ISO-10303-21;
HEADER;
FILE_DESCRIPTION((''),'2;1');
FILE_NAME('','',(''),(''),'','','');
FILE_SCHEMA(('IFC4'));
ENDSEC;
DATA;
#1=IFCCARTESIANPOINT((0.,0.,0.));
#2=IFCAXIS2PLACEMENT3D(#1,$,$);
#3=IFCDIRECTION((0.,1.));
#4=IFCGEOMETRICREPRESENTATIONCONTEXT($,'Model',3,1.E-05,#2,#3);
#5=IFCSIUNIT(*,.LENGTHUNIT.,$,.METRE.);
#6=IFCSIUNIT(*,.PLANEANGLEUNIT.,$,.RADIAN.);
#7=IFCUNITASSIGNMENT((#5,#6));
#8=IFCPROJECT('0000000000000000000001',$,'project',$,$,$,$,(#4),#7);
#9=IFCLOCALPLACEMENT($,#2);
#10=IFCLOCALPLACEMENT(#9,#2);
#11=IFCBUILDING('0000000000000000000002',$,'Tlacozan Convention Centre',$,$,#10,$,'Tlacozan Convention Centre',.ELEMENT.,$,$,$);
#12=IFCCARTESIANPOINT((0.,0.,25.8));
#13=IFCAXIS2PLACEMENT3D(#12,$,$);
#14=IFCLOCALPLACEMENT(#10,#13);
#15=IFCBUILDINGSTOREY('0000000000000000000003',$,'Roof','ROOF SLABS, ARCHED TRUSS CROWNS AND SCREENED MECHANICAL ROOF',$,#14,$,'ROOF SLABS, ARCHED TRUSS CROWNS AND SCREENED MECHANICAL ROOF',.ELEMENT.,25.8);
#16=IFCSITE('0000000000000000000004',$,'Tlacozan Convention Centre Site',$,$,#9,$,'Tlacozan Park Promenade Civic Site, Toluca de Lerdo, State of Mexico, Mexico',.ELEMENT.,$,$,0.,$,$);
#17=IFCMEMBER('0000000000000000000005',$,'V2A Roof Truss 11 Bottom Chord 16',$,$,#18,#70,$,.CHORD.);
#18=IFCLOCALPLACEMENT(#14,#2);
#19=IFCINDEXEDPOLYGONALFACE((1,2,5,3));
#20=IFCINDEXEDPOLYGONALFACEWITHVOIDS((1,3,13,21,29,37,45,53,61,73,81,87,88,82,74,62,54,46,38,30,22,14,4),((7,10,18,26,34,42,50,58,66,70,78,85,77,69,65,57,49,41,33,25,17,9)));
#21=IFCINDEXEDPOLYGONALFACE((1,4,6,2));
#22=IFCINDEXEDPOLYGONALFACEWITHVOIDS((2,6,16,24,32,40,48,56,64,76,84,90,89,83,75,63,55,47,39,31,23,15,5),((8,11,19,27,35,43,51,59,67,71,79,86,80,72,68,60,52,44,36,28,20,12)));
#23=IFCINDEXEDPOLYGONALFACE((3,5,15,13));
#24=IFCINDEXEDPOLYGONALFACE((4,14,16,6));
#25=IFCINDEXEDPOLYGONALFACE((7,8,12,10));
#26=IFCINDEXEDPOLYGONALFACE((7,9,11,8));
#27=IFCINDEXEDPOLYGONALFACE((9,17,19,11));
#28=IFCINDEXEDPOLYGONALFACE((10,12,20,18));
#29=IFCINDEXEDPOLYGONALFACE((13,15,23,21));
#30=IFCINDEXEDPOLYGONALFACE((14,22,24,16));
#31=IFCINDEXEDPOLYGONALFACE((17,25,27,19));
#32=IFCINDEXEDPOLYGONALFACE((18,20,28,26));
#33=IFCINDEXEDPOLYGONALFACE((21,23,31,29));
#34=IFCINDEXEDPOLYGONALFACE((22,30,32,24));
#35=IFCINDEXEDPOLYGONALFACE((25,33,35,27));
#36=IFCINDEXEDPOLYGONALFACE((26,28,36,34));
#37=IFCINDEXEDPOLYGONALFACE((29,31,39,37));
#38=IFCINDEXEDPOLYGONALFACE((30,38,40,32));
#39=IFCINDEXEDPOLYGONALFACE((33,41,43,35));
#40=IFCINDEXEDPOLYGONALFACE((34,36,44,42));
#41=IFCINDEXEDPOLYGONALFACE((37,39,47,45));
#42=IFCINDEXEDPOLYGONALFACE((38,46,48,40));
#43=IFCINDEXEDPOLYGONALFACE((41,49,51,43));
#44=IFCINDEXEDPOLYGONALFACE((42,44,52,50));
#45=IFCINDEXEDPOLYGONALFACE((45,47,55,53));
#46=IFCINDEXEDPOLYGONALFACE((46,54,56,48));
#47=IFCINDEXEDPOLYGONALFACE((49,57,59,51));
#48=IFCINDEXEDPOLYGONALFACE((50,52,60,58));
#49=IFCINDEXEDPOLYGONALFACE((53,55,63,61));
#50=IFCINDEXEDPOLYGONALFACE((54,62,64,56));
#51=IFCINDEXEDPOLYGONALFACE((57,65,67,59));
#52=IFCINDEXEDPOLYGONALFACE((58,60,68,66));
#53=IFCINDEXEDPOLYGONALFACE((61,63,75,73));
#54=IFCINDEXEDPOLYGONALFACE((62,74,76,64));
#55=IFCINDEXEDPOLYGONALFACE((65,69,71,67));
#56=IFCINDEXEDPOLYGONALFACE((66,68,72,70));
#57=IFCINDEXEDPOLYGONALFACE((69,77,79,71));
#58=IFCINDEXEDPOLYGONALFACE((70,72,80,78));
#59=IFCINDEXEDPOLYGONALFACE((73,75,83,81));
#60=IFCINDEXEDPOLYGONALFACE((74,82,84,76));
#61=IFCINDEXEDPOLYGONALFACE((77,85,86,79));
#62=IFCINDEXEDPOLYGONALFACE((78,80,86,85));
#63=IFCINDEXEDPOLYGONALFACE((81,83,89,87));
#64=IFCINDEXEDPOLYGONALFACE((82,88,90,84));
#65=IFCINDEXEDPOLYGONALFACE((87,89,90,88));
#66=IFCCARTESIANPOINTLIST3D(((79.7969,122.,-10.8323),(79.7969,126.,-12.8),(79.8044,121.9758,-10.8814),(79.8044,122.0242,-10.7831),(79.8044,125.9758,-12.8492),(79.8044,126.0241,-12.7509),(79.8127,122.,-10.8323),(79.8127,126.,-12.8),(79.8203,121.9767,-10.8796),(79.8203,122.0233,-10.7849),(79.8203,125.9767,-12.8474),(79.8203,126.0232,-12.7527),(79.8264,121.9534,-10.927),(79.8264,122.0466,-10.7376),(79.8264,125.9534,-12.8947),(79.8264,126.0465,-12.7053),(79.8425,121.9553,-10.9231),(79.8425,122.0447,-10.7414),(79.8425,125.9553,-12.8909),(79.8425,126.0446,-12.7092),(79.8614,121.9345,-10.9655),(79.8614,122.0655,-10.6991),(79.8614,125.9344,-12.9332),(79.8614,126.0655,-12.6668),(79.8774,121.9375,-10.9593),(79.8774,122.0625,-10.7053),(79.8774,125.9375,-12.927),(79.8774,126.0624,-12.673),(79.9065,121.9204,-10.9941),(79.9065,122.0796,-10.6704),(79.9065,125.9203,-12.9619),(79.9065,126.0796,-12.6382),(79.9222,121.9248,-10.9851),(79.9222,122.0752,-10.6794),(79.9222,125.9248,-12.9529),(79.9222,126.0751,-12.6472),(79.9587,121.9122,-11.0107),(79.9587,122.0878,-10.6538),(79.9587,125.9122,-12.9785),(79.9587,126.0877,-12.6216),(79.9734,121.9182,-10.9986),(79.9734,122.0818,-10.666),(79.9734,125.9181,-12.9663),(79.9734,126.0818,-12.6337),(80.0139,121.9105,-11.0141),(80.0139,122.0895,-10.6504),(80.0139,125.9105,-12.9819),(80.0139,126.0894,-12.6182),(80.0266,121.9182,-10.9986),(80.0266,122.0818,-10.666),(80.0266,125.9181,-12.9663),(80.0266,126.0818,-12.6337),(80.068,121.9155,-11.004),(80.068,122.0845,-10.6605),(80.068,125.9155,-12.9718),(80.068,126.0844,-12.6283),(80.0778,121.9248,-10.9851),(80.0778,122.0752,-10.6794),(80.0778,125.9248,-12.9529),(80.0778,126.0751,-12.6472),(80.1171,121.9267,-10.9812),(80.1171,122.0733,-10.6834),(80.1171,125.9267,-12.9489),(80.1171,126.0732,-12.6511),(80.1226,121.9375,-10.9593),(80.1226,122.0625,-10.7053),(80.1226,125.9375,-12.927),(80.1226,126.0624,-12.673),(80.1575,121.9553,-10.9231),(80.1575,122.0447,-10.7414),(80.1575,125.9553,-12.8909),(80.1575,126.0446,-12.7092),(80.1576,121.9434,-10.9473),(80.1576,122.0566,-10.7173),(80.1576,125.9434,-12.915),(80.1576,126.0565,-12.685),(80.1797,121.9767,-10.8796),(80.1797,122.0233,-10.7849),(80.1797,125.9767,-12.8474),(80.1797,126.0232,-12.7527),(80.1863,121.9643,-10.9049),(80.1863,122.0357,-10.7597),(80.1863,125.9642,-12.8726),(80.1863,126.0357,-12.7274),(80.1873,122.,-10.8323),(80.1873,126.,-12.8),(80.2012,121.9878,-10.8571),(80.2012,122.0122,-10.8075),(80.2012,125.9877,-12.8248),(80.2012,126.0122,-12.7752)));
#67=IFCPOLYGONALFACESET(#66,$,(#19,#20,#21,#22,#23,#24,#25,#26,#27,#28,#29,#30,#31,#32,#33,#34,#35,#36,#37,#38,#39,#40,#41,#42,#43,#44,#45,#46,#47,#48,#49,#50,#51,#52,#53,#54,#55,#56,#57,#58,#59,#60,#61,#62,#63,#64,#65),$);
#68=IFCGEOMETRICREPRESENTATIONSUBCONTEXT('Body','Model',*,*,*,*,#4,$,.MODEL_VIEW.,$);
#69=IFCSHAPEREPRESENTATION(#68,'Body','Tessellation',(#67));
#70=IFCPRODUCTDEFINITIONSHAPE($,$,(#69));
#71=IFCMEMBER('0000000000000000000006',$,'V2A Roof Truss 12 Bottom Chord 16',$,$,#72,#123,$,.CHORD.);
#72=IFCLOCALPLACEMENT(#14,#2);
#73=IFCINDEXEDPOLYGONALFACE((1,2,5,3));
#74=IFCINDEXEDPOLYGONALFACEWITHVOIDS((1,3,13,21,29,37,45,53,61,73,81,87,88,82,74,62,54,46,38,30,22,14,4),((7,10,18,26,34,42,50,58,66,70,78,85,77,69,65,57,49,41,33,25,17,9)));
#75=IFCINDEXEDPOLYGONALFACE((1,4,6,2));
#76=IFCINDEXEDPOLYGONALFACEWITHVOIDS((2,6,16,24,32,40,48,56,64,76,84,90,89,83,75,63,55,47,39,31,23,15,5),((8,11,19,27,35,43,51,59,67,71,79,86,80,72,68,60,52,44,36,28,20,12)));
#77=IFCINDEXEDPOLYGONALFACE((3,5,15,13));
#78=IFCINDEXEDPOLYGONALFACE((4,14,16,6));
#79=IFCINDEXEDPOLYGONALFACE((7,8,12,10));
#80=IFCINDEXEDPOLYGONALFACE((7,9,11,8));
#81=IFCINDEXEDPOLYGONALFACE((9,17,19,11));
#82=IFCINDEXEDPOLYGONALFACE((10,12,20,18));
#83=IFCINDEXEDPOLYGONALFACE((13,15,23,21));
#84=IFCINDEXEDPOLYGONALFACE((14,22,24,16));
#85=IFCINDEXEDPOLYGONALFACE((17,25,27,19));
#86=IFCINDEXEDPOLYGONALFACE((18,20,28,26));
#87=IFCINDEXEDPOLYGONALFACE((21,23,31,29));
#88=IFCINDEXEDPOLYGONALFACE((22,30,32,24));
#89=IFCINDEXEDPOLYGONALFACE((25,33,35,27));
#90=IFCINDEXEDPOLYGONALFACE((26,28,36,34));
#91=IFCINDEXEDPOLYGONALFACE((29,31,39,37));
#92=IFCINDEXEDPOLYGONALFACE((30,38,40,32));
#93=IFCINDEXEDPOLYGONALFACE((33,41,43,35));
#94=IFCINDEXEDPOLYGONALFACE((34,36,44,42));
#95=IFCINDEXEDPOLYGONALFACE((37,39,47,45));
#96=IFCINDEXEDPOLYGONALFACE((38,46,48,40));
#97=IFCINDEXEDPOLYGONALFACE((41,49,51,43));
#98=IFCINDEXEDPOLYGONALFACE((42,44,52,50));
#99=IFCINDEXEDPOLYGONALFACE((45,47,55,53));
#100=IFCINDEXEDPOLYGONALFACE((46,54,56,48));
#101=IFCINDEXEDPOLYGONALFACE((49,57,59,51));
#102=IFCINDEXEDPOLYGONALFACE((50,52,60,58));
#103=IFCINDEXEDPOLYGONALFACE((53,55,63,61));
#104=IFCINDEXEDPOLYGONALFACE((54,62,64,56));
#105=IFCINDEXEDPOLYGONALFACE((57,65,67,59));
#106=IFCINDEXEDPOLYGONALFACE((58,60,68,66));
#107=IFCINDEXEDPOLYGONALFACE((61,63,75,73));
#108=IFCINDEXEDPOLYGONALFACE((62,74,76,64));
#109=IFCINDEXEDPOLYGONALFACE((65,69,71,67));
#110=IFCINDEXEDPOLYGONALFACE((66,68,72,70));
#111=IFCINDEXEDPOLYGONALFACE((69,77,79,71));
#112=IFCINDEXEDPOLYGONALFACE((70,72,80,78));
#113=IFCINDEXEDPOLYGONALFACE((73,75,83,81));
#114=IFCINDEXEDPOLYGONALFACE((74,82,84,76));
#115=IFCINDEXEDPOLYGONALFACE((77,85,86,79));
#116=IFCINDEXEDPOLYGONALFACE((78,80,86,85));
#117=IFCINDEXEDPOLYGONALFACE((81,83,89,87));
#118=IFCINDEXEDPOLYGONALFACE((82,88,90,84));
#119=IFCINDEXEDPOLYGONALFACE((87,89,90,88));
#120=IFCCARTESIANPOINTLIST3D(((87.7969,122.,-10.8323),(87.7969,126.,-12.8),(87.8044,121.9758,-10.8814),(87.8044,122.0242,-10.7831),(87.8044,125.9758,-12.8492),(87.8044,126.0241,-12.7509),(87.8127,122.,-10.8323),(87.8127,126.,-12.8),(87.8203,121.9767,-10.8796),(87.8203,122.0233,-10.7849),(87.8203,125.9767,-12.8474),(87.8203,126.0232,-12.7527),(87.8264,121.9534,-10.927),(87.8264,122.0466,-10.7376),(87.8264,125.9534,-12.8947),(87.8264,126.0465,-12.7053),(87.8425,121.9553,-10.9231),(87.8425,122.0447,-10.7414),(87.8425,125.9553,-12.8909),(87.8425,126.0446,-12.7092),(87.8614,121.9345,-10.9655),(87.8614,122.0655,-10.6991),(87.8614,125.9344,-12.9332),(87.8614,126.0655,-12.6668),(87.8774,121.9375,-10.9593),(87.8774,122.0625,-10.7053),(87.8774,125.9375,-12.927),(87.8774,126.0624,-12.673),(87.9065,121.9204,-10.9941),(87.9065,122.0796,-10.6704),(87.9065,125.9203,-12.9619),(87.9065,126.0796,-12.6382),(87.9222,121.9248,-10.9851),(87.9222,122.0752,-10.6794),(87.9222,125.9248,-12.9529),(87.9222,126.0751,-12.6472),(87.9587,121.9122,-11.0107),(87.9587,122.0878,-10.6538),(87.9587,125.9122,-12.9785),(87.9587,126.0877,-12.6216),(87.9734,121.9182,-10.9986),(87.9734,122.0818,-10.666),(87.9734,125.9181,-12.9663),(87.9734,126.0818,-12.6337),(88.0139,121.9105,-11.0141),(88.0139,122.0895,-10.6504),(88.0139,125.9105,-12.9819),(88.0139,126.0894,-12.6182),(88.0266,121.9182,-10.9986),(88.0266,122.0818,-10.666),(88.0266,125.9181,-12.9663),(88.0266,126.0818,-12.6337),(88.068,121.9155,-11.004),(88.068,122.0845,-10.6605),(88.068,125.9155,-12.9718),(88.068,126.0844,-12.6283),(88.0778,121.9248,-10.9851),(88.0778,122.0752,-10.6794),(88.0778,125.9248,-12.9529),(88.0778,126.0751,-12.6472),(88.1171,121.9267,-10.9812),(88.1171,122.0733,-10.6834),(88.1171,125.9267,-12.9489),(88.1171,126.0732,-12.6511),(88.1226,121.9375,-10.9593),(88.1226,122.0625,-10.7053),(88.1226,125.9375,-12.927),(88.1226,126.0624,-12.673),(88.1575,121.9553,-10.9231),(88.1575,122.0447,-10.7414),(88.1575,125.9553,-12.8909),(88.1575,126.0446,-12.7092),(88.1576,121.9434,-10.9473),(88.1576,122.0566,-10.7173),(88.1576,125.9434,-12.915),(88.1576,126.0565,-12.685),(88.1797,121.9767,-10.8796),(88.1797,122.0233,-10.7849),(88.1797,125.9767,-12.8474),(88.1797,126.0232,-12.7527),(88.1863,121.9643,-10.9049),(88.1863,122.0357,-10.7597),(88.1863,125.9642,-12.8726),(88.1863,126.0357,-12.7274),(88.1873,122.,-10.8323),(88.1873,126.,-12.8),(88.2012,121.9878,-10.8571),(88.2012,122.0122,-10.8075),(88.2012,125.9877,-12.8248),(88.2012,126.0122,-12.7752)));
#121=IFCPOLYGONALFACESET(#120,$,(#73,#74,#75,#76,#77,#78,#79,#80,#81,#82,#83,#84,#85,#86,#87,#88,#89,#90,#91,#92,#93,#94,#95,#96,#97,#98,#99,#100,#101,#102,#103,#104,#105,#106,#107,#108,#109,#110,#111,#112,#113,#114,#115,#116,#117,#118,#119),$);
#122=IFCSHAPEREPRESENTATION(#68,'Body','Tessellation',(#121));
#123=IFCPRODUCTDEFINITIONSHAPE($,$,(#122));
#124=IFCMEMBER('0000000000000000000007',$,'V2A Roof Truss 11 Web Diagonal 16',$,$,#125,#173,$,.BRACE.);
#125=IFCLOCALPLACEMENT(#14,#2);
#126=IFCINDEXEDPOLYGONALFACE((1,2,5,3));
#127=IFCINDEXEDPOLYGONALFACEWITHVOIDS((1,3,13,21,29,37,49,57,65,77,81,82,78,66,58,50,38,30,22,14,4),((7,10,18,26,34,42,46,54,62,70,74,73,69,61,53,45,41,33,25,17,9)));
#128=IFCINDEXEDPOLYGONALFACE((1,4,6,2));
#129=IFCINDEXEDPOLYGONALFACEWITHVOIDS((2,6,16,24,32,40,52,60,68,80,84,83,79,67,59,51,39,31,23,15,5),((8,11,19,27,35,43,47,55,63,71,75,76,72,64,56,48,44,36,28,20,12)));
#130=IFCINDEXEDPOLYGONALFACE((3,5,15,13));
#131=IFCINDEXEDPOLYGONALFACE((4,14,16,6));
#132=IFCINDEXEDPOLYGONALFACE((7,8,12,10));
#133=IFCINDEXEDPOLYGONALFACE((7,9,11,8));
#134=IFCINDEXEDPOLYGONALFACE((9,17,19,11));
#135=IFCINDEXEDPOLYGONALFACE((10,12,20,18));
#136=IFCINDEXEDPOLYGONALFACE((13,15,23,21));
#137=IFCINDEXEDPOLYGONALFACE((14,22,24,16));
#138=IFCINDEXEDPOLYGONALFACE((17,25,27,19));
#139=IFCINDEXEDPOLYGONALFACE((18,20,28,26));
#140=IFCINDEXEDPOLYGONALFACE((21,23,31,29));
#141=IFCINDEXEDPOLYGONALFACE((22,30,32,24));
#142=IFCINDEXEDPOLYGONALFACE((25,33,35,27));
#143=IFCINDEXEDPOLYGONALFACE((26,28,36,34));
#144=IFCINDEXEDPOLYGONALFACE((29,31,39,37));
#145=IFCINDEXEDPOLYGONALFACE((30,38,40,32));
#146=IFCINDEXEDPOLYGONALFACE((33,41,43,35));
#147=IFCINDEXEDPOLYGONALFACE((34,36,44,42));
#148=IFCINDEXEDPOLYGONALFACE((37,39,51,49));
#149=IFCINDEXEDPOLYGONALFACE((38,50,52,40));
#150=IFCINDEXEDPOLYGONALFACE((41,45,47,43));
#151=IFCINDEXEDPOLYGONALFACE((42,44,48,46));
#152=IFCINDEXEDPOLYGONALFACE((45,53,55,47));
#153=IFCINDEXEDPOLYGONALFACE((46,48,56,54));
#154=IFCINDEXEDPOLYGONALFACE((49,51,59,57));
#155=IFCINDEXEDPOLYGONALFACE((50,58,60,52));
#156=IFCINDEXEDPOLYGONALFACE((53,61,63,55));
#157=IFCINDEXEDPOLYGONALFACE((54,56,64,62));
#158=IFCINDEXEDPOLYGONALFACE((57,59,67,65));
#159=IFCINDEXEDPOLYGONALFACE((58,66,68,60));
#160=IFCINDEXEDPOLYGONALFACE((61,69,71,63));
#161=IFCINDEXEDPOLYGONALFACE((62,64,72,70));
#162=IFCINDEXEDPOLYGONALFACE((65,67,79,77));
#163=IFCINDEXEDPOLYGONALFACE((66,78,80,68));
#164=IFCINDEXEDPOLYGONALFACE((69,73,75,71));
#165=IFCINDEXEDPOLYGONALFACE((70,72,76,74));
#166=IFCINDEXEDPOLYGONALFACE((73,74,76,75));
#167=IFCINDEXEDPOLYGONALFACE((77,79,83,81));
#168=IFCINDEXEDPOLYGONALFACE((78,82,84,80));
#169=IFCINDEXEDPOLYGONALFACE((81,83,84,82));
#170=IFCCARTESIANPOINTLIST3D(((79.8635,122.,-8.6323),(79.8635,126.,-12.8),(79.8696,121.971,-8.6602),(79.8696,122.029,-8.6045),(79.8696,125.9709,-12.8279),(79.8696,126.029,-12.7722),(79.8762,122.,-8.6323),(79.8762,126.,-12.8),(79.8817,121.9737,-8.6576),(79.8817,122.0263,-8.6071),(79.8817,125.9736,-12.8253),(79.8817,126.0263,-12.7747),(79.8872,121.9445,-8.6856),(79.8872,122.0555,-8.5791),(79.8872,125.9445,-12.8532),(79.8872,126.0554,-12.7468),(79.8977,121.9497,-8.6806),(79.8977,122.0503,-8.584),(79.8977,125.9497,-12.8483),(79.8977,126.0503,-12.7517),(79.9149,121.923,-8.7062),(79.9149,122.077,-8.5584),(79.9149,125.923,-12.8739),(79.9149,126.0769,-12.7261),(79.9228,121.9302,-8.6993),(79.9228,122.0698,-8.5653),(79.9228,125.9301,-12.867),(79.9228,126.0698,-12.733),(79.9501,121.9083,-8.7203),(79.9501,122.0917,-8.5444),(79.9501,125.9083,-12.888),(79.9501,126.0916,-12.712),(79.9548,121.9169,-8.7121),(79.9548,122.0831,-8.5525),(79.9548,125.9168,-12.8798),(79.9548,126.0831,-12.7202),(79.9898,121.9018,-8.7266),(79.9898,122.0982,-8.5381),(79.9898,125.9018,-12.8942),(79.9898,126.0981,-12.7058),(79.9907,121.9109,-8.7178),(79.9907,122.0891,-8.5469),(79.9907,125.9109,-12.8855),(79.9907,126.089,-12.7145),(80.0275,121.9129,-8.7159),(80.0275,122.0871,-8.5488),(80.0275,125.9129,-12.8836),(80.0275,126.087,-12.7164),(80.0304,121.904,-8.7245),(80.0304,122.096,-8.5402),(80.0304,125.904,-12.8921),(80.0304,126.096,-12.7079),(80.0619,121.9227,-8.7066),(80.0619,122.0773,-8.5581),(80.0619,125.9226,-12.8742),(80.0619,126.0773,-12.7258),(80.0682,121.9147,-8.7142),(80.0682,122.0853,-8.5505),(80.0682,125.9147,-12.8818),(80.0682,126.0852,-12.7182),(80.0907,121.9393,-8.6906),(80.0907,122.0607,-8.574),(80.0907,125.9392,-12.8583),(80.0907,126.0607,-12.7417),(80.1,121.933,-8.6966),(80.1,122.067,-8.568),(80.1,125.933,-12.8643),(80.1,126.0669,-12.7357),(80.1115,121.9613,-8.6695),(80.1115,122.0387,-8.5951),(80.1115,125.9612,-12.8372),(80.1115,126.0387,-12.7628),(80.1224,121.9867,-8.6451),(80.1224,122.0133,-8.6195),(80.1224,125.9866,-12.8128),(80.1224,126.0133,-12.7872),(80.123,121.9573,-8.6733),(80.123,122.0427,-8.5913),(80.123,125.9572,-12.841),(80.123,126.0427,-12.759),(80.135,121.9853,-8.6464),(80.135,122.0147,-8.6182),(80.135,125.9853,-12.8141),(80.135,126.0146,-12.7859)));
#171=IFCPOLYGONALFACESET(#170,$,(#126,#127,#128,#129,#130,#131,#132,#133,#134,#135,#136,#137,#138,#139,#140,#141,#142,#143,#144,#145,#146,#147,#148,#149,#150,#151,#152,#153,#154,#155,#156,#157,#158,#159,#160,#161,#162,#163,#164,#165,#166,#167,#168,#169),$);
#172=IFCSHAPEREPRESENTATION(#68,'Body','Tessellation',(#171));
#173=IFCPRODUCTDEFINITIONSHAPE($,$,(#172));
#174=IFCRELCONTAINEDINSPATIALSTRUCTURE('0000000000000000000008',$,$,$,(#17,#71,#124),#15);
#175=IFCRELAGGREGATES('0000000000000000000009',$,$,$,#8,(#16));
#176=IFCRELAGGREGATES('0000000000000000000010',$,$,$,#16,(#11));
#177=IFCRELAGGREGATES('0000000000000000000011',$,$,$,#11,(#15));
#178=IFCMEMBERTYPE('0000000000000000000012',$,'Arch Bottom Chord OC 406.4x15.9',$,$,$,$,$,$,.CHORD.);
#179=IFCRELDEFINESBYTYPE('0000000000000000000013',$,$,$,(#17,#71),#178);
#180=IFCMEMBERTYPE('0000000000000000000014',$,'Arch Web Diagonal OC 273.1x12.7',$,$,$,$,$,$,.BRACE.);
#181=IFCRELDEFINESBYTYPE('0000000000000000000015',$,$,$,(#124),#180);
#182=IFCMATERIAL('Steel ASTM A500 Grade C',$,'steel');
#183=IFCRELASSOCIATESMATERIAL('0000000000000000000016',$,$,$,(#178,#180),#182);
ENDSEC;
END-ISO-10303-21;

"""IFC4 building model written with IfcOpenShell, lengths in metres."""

from ifc_helpers import new_model, si_unit, direction, frame, origin, origin_2d, place, context, subcontext, project, spatial, hollow_circle, extrude, material, material_profile, profile_set, type_object, element, save


model = new_model("IFC4")

# Units and contexts
model_context = context("Model", 3, precision=1e-05, world=origin(), true_north=direction((0.0, 1.0)))
body_context = subcontext(model_context, "Body", "Model", "MODEL_VIEW")
ifc_project = project(units=[si_unit("LENGTHUNIT", "METRE"), si_unit("PLANEANGLEUNIT", "RADIAN")], contexts=[model_context])

# Site, building, storey
site_placement = place(None, origin())
site = spatial("IfcSite", under=ifc_project, at=site_placement, Name="Tlacozan Convention Centre Site", LongName="Tlacozan Park Promenade Civic Site, Toluca de Lerdo, State of Mexico, Mexico", CompositionType="ELEMENT", RefElevation=0.0)
building_placement = place(site_placement, origin())
building = spatial("IfcBuilding", under=site, at=building_placement, Name="Tlacozan Convention Centre", LongName="Tlacozan Convention Centre", CompositionType="ELEMENT")
storey_placement = place(building_placement, frame((0.0, 0.0, 25.8)))
storey = spatial("IfcBuildingStorey", under=building, at=storey_placement, Name="Roof", Description="ROOF SLABS, ARCHED TRUSS CROWNS AND SCREENED MECHANICAL ROOF", LongName="ROOF SLABS, ARCHED TRUSS CROWNS AND SCREENED MECHANICAL ROOF", CompositionType="ELEMENT", Elevation=25.8)

# Members
ifc_material_1 = material(Name="Steel ASTM A500 Grade C", Category="steel")
ifc_material_profile_1 = material_profile(ifc_material_1, hollow_circle(Radius=0.2031, WallThickness=0.0159, at=origin_2d()), Name="OC 406.4x15.9")
ifc_profile_set_1 = profile_set([ifc_material_profile_1], Name="Steel ASTM A500 Grade C")
member_type_1 = type_object("IfcMemberType", Name="Arch Bottom Chord OC 406.4x15.9", PredefinedType="CHORD", material=ifc_profile_set_1)
for number, where, z_axis, x_axis, name in (
    (1, (80.0, 122.0, -10.8323), (0.0, 0.8973, -0.441421), (-1.0, 0.0, 0.0), "V2A Roof Truss 11 Bottom Chord 16"),
    (2, (88.0, 122.0, -10.8323), (0.0, 0.8973, -0.441421), (-1.0, 0.0, 0.0), "V2A Roof Truss 12 Bottom Chord 16"),
):
    element("IfcMember", number, at=place(storey_placement, frame(where, z_axis=z_axis, x_axis=x_axis)), inside=storey, type_object=member_type_1, Name=name, PredefinedType="CHORD", context=body_context, shape_type="SweptSolid", body=[
        extrude(hollow_circle(Radius=0.2031, WallThickness=0.0159, at=origin_2d()), origin(), (0.0, 0.0, 1.0), 4.4578),
    ])
ifc_material_profile_2 = material_profile(ifc_material_1, hollow_circle(Radius=0.1365, WallThickness=0.0127, at=origin_2d()), Name="OC 273.1x12.7")
ifc_profile_set_2 = profile_set([ifc_material_profile_2], Name="Steel ASTM A500 Grade C")
member_type_2 = type_object("IfcMemberType", Name="Arch Web Diagonal OC 273.1x12.7", PredefinedType="BRACE", material=ifc_profile_set_2)
for number, where, z_axis, x_axis, name in (
    (3, (80.0, 122.0, -8.6323), (0.0, 0.69244, -0.721475), (-1.0, 0.0, 0.0), "V2A Roof Truss 11 Web Diagonal 16"),
):
    element("IfcMember", number, at=place(storey_placement, frame(where, z_axis=z_axis, x_axis=x_axis)), inside=storey, type_object=member_type_2, Name=name, PredefinedType="BRACE", context=body_context, shape_type="SweptSolid", body=[
        extrude(hollow_circle(Radius=0.1365, WallThickness=0.0127, at=origin_2d()), origin(), (0.0, 0.0, 1.0), 5.7766),
    ])

save(model, "model.ifc")
